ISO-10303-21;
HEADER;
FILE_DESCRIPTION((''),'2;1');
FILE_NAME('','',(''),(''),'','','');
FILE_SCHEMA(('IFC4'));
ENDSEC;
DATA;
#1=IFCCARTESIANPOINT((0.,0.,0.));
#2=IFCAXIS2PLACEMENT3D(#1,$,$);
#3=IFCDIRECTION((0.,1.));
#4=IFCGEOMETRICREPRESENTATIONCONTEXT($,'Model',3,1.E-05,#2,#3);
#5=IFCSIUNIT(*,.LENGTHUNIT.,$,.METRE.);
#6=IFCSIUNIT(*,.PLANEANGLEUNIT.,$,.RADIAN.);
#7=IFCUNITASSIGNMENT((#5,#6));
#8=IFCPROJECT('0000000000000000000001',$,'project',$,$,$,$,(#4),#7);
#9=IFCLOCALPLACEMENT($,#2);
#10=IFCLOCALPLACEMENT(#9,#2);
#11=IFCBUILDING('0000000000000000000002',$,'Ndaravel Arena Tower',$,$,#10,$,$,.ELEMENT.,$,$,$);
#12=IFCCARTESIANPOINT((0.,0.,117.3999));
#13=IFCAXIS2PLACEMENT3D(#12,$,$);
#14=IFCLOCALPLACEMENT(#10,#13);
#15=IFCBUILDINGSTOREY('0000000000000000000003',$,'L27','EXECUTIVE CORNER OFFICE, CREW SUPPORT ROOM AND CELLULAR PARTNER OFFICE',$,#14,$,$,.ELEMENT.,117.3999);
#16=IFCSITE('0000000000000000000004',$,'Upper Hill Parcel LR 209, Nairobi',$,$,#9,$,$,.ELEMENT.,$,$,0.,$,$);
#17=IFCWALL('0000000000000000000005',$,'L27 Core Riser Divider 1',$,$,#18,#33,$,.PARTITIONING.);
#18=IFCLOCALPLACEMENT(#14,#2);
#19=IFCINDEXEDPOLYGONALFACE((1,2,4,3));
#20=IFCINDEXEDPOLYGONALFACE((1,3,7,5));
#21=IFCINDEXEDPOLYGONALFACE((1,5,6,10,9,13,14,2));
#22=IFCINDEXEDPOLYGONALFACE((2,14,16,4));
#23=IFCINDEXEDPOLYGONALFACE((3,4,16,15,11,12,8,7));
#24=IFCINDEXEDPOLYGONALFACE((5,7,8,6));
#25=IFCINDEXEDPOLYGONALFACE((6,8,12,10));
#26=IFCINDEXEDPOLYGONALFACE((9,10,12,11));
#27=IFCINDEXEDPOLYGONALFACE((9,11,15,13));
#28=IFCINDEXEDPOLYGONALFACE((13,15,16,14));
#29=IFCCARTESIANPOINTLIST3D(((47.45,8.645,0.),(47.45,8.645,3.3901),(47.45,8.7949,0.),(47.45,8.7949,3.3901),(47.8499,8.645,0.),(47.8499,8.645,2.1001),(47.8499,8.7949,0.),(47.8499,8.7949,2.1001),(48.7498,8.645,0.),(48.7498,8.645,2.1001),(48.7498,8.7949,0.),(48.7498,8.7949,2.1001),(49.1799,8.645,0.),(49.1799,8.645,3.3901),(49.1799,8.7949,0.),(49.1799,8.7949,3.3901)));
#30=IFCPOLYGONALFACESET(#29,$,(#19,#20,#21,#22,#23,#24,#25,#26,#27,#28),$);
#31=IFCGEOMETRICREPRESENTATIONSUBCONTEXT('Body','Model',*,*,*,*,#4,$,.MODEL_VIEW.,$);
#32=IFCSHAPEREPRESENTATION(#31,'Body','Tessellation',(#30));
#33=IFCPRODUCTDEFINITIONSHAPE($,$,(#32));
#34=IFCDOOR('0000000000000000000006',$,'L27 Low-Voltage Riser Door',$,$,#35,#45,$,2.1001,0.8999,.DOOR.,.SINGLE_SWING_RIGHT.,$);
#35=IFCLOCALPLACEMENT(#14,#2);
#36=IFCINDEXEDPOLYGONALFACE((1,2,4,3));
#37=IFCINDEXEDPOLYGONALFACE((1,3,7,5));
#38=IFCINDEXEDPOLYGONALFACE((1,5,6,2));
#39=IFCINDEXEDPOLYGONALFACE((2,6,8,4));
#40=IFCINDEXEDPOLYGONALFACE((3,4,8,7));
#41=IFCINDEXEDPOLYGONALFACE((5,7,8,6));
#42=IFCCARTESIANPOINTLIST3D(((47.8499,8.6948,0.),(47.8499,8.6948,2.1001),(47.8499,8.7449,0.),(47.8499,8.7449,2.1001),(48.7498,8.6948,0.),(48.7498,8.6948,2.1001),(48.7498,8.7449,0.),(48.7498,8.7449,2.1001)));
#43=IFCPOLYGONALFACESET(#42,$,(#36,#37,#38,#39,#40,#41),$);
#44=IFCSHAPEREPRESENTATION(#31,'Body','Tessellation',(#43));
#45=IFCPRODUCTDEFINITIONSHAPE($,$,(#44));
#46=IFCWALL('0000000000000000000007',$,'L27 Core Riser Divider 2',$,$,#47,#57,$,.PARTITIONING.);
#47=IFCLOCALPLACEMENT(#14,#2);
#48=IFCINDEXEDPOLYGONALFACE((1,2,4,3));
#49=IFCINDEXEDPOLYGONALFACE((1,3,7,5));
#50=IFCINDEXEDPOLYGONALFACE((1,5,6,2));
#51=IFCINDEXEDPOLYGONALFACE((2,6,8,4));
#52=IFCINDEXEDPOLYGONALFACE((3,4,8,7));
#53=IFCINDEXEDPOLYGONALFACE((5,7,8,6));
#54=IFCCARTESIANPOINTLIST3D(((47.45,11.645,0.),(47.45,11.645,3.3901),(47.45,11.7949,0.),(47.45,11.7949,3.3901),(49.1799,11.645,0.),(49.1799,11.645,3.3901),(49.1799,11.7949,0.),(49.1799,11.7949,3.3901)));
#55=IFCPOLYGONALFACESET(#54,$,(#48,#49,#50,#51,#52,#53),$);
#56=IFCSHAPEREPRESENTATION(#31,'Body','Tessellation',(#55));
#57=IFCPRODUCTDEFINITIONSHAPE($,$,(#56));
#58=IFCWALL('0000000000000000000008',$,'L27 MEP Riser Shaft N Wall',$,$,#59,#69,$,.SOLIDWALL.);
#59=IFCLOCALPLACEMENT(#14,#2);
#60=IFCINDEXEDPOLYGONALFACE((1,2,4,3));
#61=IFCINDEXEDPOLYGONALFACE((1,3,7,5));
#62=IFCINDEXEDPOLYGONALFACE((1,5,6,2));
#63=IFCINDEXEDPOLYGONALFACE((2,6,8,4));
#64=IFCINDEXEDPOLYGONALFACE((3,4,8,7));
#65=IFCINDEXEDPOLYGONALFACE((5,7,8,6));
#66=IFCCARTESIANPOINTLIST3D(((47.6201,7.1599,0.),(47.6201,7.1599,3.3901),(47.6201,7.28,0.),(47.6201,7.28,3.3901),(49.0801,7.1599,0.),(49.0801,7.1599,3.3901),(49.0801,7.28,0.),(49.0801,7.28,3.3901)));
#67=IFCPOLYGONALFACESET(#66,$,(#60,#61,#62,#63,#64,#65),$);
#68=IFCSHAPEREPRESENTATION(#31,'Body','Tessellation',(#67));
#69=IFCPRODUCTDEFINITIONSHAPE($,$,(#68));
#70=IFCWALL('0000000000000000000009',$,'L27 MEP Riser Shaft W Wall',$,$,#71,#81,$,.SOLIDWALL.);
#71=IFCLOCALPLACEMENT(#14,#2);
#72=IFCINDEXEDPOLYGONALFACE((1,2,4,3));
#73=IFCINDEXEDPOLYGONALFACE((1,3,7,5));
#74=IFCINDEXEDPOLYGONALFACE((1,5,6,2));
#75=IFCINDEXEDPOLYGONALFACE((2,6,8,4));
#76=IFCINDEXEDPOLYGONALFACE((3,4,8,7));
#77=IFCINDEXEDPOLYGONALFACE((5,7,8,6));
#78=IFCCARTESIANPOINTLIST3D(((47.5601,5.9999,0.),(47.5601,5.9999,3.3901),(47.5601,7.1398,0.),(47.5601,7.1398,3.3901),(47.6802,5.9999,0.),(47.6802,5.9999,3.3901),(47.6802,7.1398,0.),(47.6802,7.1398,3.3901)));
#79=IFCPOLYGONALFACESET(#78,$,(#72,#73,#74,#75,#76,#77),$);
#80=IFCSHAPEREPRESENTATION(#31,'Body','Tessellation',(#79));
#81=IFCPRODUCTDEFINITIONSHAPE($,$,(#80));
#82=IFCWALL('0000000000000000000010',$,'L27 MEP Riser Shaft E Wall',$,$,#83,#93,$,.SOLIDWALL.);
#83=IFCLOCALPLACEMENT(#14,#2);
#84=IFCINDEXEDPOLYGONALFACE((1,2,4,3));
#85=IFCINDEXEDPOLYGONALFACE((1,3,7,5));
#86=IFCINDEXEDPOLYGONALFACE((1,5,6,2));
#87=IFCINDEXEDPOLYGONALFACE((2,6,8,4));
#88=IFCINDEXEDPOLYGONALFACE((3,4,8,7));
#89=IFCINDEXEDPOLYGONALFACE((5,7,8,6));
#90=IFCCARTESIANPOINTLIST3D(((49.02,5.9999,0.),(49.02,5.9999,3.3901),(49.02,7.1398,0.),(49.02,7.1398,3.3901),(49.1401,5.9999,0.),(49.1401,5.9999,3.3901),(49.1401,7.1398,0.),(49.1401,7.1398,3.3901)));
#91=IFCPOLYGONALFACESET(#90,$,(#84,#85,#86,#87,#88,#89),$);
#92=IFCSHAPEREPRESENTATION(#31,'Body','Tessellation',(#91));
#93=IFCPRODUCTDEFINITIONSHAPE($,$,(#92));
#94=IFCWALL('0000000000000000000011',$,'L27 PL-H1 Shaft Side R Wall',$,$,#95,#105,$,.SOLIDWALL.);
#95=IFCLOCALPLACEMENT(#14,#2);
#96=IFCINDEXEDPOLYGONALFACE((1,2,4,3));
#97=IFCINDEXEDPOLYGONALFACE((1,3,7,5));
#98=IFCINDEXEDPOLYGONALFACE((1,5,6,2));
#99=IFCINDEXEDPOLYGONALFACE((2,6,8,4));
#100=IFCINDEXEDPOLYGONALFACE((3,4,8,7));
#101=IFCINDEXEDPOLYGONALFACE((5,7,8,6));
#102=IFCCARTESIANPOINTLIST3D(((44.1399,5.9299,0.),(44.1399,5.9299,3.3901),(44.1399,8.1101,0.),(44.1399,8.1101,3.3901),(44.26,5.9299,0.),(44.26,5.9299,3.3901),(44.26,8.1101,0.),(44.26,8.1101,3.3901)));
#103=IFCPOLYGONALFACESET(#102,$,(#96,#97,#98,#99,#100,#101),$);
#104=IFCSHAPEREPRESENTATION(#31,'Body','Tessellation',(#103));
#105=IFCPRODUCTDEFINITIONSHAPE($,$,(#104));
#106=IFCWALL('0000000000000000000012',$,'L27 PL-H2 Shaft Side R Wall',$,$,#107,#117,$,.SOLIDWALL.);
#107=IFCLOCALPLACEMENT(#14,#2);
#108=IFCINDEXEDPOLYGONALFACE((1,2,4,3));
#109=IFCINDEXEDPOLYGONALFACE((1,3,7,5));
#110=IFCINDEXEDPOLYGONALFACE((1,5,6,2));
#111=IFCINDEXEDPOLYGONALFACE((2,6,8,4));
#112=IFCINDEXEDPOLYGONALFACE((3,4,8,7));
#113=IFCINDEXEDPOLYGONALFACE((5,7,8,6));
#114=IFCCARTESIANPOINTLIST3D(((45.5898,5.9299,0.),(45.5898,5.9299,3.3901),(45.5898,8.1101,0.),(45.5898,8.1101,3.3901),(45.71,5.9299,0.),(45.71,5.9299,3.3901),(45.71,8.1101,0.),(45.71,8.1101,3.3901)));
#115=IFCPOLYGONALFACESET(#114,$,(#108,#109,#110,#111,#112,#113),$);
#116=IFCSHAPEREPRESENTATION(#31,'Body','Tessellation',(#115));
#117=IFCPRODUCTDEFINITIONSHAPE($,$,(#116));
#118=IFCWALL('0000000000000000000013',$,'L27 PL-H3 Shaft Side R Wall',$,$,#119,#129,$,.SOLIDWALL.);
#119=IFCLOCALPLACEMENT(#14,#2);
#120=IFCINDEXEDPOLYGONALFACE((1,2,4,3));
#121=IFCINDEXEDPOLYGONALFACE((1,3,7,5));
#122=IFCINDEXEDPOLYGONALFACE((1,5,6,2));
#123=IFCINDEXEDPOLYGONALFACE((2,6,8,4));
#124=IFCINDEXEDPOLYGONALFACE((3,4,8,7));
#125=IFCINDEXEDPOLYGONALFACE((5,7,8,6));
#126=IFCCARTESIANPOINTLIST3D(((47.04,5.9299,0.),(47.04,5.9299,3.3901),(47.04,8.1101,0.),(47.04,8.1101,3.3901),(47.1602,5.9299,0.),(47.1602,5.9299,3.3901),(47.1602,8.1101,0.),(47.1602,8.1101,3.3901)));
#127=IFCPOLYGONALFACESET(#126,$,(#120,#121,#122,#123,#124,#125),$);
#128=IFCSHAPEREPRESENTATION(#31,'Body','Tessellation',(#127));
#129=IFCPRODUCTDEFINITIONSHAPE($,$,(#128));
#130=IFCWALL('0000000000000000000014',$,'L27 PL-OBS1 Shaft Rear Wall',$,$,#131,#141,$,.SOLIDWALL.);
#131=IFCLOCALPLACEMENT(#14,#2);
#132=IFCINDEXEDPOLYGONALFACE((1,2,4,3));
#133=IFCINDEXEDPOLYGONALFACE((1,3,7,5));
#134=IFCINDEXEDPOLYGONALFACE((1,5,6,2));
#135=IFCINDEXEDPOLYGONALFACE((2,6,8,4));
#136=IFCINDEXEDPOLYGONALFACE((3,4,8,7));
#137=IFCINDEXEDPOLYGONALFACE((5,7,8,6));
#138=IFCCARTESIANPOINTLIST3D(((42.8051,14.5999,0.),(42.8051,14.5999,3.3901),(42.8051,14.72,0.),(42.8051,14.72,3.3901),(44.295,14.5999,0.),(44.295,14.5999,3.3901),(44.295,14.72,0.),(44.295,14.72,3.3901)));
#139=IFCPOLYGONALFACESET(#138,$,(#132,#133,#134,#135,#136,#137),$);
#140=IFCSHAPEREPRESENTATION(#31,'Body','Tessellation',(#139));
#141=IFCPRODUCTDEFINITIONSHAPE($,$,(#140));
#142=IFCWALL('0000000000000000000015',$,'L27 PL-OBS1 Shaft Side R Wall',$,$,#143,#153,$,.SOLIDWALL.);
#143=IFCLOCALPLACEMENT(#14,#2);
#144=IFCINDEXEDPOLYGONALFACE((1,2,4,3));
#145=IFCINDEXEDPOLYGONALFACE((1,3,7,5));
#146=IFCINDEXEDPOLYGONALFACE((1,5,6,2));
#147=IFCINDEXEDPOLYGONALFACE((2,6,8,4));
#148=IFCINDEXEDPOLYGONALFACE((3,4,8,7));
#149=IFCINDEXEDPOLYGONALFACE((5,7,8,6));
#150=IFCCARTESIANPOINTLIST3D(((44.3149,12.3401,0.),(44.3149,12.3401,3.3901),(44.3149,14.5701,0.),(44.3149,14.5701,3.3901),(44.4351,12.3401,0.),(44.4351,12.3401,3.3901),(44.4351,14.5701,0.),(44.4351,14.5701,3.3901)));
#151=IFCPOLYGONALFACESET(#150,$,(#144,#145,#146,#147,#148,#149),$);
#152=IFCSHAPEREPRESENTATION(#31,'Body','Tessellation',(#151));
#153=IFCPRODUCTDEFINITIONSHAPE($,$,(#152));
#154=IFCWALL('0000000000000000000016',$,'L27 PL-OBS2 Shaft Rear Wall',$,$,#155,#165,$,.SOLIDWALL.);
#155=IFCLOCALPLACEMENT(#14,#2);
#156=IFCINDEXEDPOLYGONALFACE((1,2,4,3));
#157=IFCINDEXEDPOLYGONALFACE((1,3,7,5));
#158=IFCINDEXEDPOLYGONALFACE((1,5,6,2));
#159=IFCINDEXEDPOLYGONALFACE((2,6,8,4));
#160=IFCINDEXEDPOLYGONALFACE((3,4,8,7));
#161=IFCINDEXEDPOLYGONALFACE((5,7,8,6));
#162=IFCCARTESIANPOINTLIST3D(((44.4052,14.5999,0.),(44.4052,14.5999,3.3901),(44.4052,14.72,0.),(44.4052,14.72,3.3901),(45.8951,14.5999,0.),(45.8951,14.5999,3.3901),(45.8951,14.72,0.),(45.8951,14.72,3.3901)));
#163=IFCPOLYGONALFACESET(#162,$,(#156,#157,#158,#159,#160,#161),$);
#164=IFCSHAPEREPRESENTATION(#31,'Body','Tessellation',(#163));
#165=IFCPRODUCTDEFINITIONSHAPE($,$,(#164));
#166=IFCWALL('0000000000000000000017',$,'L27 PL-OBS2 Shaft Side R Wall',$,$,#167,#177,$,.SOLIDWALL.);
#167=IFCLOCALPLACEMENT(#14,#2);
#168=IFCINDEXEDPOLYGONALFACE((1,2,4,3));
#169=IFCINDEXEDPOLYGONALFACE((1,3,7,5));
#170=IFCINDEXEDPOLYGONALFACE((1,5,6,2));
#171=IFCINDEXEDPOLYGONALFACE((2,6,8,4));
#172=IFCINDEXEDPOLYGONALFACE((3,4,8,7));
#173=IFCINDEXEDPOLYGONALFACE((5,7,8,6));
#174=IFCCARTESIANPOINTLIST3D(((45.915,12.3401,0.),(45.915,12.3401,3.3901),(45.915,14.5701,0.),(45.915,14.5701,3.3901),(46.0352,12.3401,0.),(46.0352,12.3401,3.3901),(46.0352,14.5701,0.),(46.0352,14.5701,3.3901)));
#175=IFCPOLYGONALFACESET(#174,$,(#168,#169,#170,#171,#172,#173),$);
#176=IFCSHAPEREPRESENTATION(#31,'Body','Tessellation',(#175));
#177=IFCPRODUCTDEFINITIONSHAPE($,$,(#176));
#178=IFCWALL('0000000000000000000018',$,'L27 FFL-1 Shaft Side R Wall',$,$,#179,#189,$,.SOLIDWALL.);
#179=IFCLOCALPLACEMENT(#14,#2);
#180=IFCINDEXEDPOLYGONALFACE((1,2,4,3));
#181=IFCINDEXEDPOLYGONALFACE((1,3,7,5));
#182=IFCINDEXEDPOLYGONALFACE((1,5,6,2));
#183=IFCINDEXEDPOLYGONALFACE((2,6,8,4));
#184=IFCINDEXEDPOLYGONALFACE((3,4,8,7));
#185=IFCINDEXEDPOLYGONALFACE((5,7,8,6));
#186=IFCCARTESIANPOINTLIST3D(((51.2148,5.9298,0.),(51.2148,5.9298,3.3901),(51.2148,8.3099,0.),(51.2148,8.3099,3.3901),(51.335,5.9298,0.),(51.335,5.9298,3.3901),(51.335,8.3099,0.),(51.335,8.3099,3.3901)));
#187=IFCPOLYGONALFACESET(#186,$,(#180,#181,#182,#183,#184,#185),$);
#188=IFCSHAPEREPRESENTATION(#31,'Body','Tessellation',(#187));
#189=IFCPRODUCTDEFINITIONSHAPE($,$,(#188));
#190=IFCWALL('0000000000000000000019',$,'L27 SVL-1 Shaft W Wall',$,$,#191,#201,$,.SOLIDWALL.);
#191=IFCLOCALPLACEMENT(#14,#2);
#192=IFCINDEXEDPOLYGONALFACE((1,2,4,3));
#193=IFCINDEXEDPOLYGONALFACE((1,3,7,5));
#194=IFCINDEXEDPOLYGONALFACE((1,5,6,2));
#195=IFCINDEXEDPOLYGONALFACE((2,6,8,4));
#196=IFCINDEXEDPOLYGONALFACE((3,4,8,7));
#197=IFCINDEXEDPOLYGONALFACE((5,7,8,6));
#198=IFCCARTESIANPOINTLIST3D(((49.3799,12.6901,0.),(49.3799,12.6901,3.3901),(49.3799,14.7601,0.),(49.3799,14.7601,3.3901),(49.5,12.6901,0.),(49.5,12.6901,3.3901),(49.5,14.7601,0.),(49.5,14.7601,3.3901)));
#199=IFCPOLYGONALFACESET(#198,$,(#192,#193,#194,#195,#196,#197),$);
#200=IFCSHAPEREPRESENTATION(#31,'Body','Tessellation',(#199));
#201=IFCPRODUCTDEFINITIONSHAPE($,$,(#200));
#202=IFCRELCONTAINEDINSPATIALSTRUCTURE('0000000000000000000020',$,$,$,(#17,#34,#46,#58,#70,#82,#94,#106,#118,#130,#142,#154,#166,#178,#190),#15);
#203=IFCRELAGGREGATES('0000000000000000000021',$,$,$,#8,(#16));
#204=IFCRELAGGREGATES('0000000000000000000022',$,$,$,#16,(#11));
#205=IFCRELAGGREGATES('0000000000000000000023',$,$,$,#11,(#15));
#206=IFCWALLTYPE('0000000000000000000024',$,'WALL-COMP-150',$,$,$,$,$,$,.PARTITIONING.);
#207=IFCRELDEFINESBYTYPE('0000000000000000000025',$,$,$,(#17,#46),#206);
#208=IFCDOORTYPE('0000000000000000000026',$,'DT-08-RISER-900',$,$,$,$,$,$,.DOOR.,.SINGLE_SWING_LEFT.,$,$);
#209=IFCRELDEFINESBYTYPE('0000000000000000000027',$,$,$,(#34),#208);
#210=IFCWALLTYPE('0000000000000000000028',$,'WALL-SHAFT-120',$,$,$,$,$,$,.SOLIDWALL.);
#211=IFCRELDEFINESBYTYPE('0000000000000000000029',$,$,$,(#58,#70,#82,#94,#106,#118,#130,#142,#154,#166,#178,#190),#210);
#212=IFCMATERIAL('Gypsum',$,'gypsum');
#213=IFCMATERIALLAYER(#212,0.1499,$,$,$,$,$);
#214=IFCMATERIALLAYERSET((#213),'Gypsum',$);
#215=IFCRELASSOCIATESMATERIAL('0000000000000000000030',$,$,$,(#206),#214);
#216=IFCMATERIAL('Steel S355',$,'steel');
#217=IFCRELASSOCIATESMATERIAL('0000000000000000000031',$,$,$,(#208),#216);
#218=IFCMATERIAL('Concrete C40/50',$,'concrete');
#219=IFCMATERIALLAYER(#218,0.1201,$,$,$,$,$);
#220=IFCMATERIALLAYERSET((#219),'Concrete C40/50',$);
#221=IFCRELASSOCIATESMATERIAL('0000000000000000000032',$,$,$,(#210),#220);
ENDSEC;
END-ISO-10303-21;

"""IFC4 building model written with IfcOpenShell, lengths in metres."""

from ifc_helpers import new_model, si_unit, direction, frame, frame_2d, origin, place, context, subcontext, project, spatial, rectangle, extrude, material, layer, layer_set, type_object, element, fill, save


model = new_model("IFC4")

# Units and contexts
model_context = context("Model", 3, precision=1e-05, world=origin(), true_north=direction((0.0, 1.0)))
body_context = subcontext(model_context, "Body", "Model", "MODEL_VIEW")
ifc_project = project(units=[si_unit("LENGTHUNIT", "METRE"), si_unit("PLANEANGLEUNIT", "RADIAN")], contexts=[model_context])

# Site, building, storey
site_placement = place(None, origin())
site = spatial("IfcSite", under=ifc_project, at=site_placement, Name="Upper Hill Parcel LR 209, Nairobi", CompositionType="ELEMENT", RefElevation=0.0)
building_placement = place(site_placement, origin())
building = spatial("IfcBuilding", under=site, at=building_placement, Name="Ndaravel Arena Tower", CompositionType="ELEMENT")
storey_placement = place(building_placement, frame((0.0, 0.0, 117.3999)))
storey = spatial("IfcBuildingStorey", under=building, at=storey_placement, Name="L27", Description="EXECUTIVE CORNER OFFICE, CREW SUPPORT ROOM AND CELLULAR PARTNER OFFICE", CompositionType="ELEMENT", Elevation=117.3999)

# Wall, opening, door
ifc_material_1 = material(Name="Gypsum", Category="gypsum")
ifc_layer_1 = layer(ifc_material_1, 0.1499)
ifc_layer_set_1 = layer_set([ifc_layer_1], Name="Gypsum")
wall_type_1 = type_object("IfcWallType", Name="WALL-COMP-150", PredefinedType="PARTITIONING", material=ifc_layer_set_1)
wall_1_placement = place(storey_placement, frame((47.45, 8.72, 0.0), z_axis=(0.0, 0.0, 1.0), x_axis=(1.0, 0.0, 0.0)))
wall_1 = element("IfcWall", 1, at=wall_1_placement, inside=storey, type_object=wall_type_1, Name="L27 Core Riser Divider 1", PredefinedType="PARTITIONING", context=body_context, shape_type="SweptSolid", body=[
    extrude(rectangle(XDim=1.73, YDim=0.1499, at=frame_2d((0.865, 0.0))), origin(), (0.0, 0.0, 1.0), 3.3901),
])
opening_1_placement = place(wall_1_placement, frame((0.3999, 0.0, 0.0)))
opening_1 = element("IfcOpeningElement", 2, at=opening_1_placement, cuts=wall_1, PredefinedType="OPENING", context=body_context, shape_type="SweptSolid", body=[
    extrude(rectangle(XDim=0.8999, YDim=2.1001, at=frame_2d((0.45, 1.05))), frame((0.0, 0.075, 0.0), z_axis=(0.0, -1.0, 0.0), x_axis=(1.0, 0.0, 0.0)), (0.0, 0.0, 1.0), 0.1499),
])
ifc_material_2 = material(Name="Steel S355", Category="steel")
door_type_1 = type_object("IfcDoorType", Name="DT-08-RISER-900", OperationType="SINGLE_SWING_LEFT", PredefinedType="DOOR", material=ifc_material_2)
door_1_placement = place(opening_1_placement, origin())
door_1 = element("IfcDoor", 3, at=door_1_placement, inside=storey, type_object=door_type_1, Name="L27 Low-Voltage Riser Door", OperationType="SINGLE_SWING_RIGHT", OverallHeight=2.1001, OverallWidth=0.8999, PredefinedType="DOOR", context=body_context, shape_type="SweptSolid", body=[
    extrude(rectangle(XDim=0.8999, YDim=2.1001, at=frame_2d((0.45, 1.05))), frame((0.0, 0.0249, 0.0), z_axis=(0.0, -1.0, 0.0), x_axis=(1.0, 0.0, 0.0)), (0.0, 0.0, 1.0), 0.05),
])
fill(opening_1, door_1)

# Walls
wall_2_placement = place(storey_placement, frame((47.45, 11.72, 0.0), z_axis=(0.0, 0.0, 1.0), x_axis=(1.0, 0.0, 0.0)))
element("IfcWall", 4, at=wall_2_placement, inside=storey, type_object=wall_type_1, Name="L27 Core Riser Divider 2", PredefinedType="PARTITIONING", context=body_context, shape_type="SweptSolid", body=[
    extrude(rectangle(XDim=1.73, YDim=0.1499, at=frame_2d((0.865, 0.0))), origin(), (0.0, 0.0, 1.0), 3.3901),
])
ifc_material_3 = material(Name="Concrete C40/50", Category="concrete")
ifc_layer_2 = layer(ifc_material_3, 0.1201)
ifc_layer_set_2 = layer_set([ifc_layer_2], Name="Concrete C40/50")
wall_type_2 = type_object("IfcWallType", Name="WALL-SHAFT-120", PredefinedType="SOLIDWALL", material=ifc_layer_set_2)
wall_3_placement = place(storey_placement, frame((47.6201, 7.22, 0.0), z_axis=(0.0, 0.0, 1.0), x_axis=(1.0, 0.0, 0.0)))
element("IfcWall", 5, at=wall_3_placement, inside=storey, type_object=wall_type_2, Name="L27 MEP Riser Shaft N Wall", PredefinedType="SOLIDWALL", context=body_context, shape_type="SweptSolid", body=[
    extrude(rectangle(XDim=1.46, YDim=0.1201, at=frame_2d((0.73, 0.0))), origin(), (0.0, 0.0, 1.0), 3.3901),
])
for number, where, z_axis, x_axis, name in (
    (6, (47.6201, 6.0, 0.0), (0.0, 0.0, 1.0), (0.0, 1.0, 0.0), "L27 MEP Riser Shaft W Wall"),
    (7, (49.0801, 6.0, 0.0), (0.0, 0.0, 1.0), (0.0, 1.0, 0.0), "L27 MEP Riser Shaft E Wall"),
):
    element("IfcWall", number, at=place(storey_placement, frame(where, z_axis=z_axis, x_axis=x_axis)), inside=storey, type_object=wall_type_2, Name=name, PredefinedType="SOLIDWALL", context=body_context, shape_type="SweptSolid", body=[
        extrude(rectangle(XDim=1.1399, YDim=0.1201, at=frame_2d((0.5698, 0.0))), origin(), (0.0, 0.0, 1.0), 3.3901),
    ])
for number, where, z_axis, x_axis, name in (
    (8, (44.2, 5.9299, 0.0), (0.0, 0.0, 1.0), (0.0, 1.0, 0.0), "L27 PL-H1 Shaft Side R Wall"),
    (9, (45.6499, 5.9299, 0.0), (0.0, 0.0, 1.0), (0.0, 1.0, 0.0), "L27 PL-H2 Shaft Side R Wall"),
    (10, (47.1001, 5.9299, 0.0), (0.0, 0.0, 1.0), (0.0, 1.0, 0.0), "L27 PL-H3 Shaft Side R Wall"),
):
    element("IfcWall", number, at=place(storey_placement, frame(where, z_axis=z_axis, x_axis=x_axis)), inside=storey, type_object=wall_type_2, Name=name, PredefinedType="SOLIDWALL", context=body_context, shape_type="SweptSolid", body=[
        extrude(rectangle(XDim=2.1802, YDim=0.1201, at=frame_2d((1.0901, 0.0))), origin(), (0.0, 0.0, 1.0), 3.3901),
    ])
wall_4_placement = place(storey_placement, frame((42.8049, 14.6599, 0.0), z_axis=(0.0, 0.0, 1.0), x_axis=(1.0, 0.0, 0.0)))
element("IfcWall", 11, at=wall_4_placement, inside=storey, type_object=wall_type_2, Name="L27 PL-OBS1 Shaft Rear Wall", PredefinedType="SOLIDWALL", context=body_context, shape_type="SweptSolid", body=[
    extrude(rectangle(XDim=1.49, YDim=0.1201, at=frame_2d((0.7451, 0.0))), origin(), (0.0, 0.0, 1.0), 3.3901),
])
wall_5_placement = place(storey_placement, frame((44.375, 12.3401, 0.0), z_axis=(0.0, 0.0, 1.0), x_axis=(0.0, 1.0, 0.0)))
element("IfcWall", 12, at=wall_5_placement, inside=storey, type_object=wall_type_2, Name="L27 PL-OBS1 Shaft Side R Wall", PredefinedType="SOLIDWALL", context=body_context, shape_type="SweptSolid", body=[
    extrude(rectangle(XDim=2.23, YDim=0.1201, at=frame_2d((1.115, 0.0))), origin(), (0.0, 0.0, 1.0), 3.3901),
])
wall_6_placement = place(storey_placement, frame((44.405, 14.6599, 0.0), z_axis=(0.0, 0.0, 1.0), x_axis=(1.0, 0.0, 0.0)))
element("IfcWall", 13, at=wall_6_placement, inside=storey, type_object=wall_type_2, Name="L27 PL-OBS2 Shaft Rear Wall", PredefinedType="SOLIDWALL", context=body_context, shape_type="SweptSolid", body=[
    extrude(rectangle(XDim=1.49, YDim=0.1201, at=frame_2d((0.7451, 0.0))), origin(), (0.0, 0.0, 1.0), 3.3901),
])
wall_7_placement = place(storey_placement, frame((45.9751, 12.3401, 0.0), z_axis=(0.0, 0.0, 1.0), x_axis=(0.0, 1.0, 0.0)))
element("IfcWall", 14, at=wall_7_placement, inside=storey, type_object=wall_type_2, Name="L27 PL-OBS2 Shaft Side R Wall", PredefinedType="SOLIDWALL", context=body_context, shape_type="SweptSolid", body=[
    extrude(rectangle(XDim=2.23, YDim=0.1201, at=frame_2d((1.115, 0.0))), origin(), (0.0, 0.0, 1.0), 3.3901),
])
wall_8_placement = place(storey_placement, frame((51.2749, 5.9299, 0.0), z_axis=(0.0, 0.0, 1.0), x_axis=(0.0, 1.0, 0.0)))
element("IfcWall", 15, at=wall_8_placement, inside=storey, type_object=wall_type_2, Name="L27 FFL-1 Shaft Side R Wall", PredefinedType="SOLIDWALL", context=body_context, shape_type="SweptSolid", body=[
    extrude(rectangle(XDim=2.3801, YDim=0.1201, at=frame_2d((1.1899, 0.0))), origin(), (0.0, 0.0, 1.0), 3.3901),
])
for number, where, z_axis, x_axis, name in (
    (16, (49.4399, 12.6899, 0.0), (0.0, 0.0, 1.0), (0.0, 1.0, 0.0), "L27 SVL-1 Shaft W Wall"),
):
    element("IfcWall", number, at=place(storey_placement, frame(where, z_axis=z_axis, x_axis=x_axis)), inside=storey, type_object=wall_type_2, Name=name, PredefinedType="SOLIDWALL", context=body_context, shape_type="SweptSolid", body=[
        extrude(rectangle(XDim=2.0701, YDim=0.1201, at=frame_2d((1.0352, 0.0))), origin(), (0.0, 0.0, 1.0), 3.3901),
    ])

save(model, "model.ifc")
